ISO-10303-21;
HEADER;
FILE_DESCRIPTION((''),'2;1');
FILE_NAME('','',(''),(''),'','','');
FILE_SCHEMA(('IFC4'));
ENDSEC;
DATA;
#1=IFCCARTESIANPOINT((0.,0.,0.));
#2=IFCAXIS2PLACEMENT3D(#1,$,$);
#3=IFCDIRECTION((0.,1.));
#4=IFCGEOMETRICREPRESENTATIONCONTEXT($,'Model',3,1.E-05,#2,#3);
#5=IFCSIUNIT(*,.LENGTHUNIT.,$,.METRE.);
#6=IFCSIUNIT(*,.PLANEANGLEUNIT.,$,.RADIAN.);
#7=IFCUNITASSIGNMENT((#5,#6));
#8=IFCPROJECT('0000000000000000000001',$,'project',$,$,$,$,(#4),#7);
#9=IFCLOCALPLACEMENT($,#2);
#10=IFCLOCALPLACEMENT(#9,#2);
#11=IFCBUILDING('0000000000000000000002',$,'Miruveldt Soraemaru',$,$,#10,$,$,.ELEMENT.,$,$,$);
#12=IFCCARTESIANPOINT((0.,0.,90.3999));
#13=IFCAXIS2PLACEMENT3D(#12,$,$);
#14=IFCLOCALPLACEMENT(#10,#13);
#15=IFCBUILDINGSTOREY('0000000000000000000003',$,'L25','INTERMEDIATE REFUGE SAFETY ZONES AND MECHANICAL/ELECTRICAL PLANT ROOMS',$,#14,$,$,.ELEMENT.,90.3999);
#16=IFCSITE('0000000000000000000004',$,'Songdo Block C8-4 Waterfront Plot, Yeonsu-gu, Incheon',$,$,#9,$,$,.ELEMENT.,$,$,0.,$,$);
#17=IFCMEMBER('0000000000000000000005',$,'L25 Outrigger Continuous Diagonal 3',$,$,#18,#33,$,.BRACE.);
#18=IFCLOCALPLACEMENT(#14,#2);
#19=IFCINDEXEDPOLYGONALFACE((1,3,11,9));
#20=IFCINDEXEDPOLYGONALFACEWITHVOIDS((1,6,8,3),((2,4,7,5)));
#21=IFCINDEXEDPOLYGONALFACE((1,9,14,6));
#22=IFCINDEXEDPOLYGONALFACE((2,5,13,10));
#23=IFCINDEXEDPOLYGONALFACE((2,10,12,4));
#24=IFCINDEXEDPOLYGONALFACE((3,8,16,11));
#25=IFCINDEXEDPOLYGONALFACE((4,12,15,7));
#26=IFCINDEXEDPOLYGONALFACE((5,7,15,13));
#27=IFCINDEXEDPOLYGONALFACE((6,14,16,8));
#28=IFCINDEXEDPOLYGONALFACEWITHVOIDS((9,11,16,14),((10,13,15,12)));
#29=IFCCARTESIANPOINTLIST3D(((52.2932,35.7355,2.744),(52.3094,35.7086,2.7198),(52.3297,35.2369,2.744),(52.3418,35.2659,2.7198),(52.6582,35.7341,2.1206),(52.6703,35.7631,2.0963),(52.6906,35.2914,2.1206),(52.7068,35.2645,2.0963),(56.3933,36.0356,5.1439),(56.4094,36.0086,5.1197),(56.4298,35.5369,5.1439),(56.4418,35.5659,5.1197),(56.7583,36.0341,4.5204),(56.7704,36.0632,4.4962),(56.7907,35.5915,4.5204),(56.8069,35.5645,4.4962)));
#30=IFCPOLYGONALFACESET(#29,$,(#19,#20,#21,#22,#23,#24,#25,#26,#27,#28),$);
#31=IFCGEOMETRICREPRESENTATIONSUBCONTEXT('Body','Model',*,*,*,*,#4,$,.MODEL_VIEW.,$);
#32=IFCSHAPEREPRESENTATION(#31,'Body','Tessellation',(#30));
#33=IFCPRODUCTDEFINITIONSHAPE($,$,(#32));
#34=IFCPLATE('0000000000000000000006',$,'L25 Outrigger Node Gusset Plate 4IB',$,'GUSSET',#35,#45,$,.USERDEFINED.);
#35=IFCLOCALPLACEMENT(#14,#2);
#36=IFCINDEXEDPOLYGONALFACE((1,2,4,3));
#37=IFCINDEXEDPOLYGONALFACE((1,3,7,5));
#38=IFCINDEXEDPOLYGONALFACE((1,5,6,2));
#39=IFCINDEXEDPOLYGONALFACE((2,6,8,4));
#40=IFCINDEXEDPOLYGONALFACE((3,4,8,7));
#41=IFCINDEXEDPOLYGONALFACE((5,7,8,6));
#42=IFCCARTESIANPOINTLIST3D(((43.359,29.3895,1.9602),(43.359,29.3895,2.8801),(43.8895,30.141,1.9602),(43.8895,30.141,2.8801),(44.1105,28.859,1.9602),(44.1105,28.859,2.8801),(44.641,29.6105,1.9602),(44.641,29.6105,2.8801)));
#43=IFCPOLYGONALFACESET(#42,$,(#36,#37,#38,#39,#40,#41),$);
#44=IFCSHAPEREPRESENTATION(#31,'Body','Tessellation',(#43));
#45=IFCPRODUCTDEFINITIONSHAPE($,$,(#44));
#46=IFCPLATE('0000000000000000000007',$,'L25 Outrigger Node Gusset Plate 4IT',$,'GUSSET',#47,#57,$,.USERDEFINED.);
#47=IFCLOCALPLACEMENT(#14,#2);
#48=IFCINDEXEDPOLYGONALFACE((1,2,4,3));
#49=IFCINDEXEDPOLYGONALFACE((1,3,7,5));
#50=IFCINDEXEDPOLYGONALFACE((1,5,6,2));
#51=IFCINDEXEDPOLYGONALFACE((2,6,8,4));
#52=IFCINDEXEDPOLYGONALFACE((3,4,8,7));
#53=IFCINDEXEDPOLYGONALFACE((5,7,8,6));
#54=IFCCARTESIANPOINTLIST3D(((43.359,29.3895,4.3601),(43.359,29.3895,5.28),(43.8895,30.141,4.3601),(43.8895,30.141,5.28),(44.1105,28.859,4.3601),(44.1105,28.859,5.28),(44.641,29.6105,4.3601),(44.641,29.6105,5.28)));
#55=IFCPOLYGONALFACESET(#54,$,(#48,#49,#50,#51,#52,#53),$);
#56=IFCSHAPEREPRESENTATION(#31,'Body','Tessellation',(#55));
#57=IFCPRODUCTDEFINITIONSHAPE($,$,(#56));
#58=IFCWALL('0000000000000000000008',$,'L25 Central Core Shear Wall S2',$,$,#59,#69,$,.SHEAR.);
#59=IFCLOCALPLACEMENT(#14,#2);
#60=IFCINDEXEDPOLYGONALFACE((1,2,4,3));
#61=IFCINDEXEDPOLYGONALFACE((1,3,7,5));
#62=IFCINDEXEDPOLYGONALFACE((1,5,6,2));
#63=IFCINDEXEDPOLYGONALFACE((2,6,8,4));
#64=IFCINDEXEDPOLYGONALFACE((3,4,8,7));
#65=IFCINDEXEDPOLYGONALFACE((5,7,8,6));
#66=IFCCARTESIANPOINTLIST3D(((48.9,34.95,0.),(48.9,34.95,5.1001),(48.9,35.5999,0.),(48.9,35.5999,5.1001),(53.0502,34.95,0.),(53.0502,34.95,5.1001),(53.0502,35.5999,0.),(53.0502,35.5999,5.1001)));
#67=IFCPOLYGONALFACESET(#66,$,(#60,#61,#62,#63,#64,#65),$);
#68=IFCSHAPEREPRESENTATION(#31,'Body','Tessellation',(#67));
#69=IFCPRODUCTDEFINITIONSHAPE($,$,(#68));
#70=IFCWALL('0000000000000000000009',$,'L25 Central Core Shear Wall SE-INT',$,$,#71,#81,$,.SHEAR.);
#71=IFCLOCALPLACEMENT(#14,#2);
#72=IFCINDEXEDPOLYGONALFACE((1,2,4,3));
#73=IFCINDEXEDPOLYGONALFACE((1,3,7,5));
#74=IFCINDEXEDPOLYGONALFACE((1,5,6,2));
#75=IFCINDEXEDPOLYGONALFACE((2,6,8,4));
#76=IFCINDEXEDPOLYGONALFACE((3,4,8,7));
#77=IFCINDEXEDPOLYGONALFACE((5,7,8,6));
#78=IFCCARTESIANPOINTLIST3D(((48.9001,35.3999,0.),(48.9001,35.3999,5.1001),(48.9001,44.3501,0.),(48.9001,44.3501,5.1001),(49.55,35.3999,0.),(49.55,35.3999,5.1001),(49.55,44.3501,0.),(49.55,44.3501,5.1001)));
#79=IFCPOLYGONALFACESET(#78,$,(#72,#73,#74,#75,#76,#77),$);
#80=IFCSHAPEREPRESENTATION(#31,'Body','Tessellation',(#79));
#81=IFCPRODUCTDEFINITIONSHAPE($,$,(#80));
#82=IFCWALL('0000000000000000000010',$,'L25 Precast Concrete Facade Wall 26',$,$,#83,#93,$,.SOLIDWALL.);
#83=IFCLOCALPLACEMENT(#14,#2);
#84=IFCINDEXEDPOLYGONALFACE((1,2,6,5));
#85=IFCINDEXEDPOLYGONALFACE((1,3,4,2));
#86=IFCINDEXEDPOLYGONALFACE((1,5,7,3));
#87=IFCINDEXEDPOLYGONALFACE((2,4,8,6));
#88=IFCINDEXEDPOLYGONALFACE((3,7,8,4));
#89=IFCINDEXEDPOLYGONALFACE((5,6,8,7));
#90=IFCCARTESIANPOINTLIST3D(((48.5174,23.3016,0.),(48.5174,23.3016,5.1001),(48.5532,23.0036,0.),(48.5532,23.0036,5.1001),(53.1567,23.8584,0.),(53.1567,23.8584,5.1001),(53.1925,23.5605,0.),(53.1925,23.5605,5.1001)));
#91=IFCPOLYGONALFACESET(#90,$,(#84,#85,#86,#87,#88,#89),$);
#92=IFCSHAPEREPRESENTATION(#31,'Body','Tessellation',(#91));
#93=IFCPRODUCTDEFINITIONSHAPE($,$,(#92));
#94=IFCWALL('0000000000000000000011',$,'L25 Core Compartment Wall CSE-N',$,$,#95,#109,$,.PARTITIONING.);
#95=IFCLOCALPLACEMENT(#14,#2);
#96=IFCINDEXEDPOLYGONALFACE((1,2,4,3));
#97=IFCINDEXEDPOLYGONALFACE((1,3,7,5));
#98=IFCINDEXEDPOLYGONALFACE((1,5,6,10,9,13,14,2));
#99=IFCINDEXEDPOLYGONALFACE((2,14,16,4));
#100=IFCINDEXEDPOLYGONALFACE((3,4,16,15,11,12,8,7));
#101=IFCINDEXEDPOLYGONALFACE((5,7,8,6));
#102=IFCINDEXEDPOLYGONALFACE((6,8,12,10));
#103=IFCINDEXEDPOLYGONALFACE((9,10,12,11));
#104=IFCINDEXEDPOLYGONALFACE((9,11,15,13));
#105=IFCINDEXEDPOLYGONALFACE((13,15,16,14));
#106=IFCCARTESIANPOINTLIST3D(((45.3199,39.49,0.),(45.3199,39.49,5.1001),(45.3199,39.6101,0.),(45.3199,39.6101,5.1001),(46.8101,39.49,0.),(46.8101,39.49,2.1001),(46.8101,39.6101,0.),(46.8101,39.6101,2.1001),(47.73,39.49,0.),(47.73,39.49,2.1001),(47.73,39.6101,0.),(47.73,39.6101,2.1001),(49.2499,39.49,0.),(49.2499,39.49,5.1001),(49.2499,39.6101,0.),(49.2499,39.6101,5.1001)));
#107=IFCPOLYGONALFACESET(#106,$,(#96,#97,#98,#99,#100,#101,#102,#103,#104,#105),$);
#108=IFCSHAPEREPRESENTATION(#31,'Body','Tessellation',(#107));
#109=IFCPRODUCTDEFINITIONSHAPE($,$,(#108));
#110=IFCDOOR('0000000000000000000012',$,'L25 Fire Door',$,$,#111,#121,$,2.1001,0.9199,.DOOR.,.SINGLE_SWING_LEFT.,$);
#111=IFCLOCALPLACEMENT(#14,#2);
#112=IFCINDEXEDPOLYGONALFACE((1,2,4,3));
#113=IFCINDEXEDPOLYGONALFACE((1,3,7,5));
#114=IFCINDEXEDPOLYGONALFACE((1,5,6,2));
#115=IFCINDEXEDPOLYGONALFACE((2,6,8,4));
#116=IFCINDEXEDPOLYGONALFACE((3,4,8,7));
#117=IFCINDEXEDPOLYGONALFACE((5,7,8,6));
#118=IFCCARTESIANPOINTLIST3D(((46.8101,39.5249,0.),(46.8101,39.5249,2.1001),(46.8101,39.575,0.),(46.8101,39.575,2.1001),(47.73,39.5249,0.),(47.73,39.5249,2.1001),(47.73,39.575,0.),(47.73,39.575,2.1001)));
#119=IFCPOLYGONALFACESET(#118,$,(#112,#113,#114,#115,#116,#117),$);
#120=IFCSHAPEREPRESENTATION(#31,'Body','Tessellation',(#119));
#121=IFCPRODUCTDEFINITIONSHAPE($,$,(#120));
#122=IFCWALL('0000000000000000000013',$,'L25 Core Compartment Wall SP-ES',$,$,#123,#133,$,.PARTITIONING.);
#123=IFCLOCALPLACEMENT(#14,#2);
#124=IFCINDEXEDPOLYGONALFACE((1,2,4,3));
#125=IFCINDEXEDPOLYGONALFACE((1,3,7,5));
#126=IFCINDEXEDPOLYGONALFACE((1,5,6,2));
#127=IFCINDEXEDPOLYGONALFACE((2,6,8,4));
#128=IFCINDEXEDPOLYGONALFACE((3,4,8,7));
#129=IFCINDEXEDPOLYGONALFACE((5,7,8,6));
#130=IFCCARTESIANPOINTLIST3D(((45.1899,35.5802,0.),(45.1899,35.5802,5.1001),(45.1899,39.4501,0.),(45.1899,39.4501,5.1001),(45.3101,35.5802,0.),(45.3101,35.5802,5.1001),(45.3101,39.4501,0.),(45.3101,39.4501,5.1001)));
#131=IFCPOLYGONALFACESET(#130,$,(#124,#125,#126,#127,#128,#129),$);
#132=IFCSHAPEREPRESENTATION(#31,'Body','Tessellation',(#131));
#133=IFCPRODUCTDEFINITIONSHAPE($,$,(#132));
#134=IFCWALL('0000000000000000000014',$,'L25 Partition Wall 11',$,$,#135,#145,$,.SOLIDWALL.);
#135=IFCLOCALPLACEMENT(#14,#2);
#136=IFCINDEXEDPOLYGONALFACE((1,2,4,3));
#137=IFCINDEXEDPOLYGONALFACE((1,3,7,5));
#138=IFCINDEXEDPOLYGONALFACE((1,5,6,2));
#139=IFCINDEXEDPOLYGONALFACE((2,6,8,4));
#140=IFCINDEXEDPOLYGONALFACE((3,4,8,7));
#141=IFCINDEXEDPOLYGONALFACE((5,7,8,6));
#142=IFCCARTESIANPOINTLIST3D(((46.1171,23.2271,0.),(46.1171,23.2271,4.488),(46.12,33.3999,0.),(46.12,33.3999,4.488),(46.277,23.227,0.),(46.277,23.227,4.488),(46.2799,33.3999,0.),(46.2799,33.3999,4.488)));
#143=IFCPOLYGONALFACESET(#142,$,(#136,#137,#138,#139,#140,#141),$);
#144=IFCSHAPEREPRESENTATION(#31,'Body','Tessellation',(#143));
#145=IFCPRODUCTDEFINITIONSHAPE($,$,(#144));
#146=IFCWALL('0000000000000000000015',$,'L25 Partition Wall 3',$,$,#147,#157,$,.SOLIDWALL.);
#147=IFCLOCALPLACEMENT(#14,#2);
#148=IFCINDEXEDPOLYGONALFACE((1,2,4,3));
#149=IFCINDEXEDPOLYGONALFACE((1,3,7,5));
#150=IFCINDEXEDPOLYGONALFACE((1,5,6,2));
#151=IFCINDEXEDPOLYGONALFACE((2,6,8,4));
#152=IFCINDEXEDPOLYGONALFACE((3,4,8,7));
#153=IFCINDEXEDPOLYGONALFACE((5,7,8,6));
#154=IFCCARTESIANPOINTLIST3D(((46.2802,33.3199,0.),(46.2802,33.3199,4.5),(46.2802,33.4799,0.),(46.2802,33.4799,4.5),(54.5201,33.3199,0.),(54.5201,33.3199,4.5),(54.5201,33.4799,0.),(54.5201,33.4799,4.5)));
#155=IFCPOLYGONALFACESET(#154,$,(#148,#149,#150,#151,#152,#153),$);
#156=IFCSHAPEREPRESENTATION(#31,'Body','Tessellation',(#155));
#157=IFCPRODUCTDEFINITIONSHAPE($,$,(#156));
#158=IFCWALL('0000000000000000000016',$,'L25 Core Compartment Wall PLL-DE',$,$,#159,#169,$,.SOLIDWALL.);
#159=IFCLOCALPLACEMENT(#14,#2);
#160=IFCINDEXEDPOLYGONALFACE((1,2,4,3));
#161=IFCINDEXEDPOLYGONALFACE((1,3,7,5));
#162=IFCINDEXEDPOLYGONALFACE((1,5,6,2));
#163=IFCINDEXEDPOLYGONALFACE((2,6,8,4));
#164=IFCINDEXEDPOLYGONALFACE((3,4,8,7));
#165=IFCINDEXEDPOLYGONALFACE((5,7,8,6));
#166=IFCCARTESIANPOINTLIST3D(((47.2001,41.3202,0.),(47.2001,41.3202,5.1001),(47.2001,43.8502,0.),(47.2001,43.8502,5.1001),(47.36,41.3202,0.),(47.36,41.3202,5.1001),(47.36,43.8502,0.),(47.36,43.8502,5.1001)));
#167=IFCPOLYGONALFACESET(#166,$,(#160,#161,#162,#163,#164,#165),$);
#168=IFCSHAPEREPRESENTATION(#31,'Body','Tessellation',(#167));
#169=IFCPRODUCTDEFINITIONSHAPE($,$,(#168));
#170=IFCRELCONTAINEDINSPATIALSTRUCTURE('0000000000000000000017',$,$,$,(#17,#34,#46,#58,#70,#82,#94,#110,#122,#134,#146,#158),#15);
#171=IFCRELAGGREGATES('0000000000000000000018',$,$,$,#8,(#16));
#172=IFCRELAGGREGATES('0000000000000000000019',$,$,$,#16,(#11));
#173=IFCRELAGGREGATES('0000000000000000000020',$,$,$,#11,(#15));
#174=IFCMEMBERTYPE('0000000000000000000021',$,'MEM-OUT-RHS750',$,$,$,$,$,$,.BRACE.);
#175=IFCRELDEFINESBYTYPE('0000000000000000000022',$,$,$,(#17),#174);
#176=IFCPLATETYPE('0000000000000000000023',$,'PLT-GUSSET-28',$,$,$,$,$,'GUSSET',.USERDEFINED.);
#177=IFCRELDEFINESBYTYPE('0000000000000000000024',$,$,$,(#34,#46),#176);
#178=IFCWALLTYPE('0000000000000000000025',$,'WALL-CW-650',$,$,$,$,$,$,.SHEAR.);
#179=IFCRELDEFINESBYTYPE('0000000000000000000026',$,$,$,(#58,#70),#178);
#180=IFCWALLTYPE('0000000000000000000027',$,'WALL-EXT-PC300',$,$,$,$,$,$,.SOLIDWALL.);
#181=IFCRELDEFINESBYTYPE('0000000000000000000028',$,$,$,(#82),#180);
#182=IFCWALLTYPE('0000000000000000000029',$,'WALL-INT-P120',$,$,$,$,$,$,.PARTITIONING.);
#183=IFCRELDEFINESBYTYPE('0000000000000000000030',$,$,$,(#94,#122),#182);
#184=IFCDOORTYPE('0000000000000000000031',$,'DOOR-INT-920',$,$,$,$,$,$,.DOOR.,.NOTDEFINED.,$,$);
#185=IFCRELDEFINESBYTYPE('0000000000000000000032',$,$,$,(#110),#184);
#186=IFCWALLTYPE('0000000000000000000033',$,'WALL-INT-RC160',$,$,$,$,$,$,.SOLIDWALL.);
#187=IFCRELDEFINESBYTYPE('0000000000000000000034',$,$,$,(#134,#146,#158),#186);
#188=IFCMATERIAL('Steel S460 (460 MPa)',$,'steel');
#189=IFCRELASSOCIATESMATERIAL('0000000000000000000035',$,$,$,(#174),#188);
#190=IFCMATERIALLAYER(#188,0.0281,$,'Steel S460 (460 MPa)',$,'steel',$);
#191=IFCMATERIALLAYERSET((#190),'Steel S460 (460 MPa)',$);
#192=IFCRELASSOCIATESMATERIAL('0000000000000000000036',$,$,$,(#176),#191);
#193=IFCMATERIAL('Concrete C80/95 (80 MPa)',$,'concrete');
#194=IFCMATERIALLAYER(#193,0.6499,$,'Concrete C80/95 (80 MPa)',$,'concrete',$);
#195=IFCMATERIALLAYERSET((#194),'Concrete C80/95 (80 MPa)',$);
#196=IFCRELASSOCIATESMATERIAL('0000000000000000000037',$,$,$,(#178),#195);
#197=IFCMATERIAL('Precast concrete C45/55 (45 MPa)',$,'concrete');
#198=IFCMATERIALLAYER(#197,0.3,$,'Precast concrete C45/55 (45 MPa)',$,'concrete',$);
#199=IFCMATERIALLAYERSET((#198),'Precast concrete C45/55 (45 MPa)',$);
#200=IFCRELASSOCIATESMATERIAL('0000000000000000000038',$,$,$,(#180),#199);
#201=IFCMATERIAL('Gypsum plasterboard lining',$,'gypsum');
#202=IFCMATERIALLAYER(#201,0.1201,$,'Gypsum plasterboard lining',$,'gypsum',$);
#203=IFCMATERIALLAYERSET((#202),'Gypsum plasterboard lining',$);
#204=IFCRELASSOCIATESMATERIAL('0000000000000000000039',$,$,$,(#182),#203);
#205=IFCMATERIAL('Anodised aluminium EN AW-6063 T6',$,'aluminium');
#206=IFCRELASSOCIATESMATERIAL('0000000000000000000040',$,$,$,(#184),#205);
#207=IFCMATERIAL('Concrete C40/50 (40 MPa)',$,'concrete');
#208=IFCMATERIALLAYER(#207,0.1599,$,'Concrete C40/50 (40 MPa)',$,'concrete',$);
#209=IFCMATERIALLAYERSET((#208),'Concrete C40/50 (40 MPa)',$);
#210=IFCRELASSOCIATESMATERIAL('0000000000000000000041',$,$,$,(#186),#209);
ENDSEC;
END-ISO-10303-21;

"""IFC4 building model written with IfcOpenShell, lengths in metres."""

from ifc_helpers import new_model, si_unit, direction, frame, frame_2d, origin, origin_2d, place, context, subcontext, project, spatial, rectangle, hollow_rectangle, extrude, material, layer, layer_set, material_profile, profile_set, type_object, element, fill, save


model = new_model("IFC4")

# Units and contexts
model_context = context("Model", 3, precision=1e-05, world=origin(), true_north=direction((0.0, 1.0)))
body_context = subcontext(model_context, "Body", "Model", "MODEL_VIEW")
ifc_project = project(units=[si_unit("LENGTHUNIT", "METRE"), si_unit("PLANEANGLEUNIT", "RADIAN")], contexts=[model_context])

# Site, building, storey
site_placement = place(None, origin())
site = spatial("IfcSite", under=ifc_project, at=site_placement, Name="Songdo Block C8-4 Waterfront Plot, Yeonsu-gu, Incheon", CompositionType="ELEMENT", RefElevation=0.0)
building_placement = place(site_placement, origin())
building = spatial("IfcBuilding", under=site, at=building_placement, Name="Miruveldt Soraemaru", CompositionType="ELEMENT")
storey_placement = place(building_placement, frame((0.0, 0.0, 90.3999)))
storey = spatial("IfcBuildingStorey", under=building, at=storey_placement, Name="L25", Description="INTERMEDIATE REFUGE SAFETY ZONES AND MECHANICAL/ELECTRICAL PLANT ROOMS", CompositionType="ELEMENT", Elevation=90.3999)

# Member
ifc_material_1 = material(Name="Steel S460 (460 MPa)", Category="steel")
ifc_material_profile_1 = material_profile(ifc_material_1, hollow_rectangle(XDim=0.5, YDim=0.75, WallThickness=0.0281, at=origin_2d()), Name="Steel S460 (460 MPa)", Category="steel")
ifc_profile_set_1 = profile_set([ifc_material_profile_1], Name="Steel S460 (460 MPa)")
member_type_1 = type_object("IfcMemberType", Name="MEM-OUT-RHS750", PredefinedType="BRACE", material=ifc_profile_set_1)
member_1_placement = place(storey_placement, frame((52.5, 35.5, 2.4202), z_axis=(0.861313, 0.063032, 0.50415), x_axis=(-0.072986, 0.997333, 0.0)))
element("IfcMember", 1, at=member_1_placement, inside=storey, type_object=member_type_1, Name="L25 Outrigger Continuous Diagonal 3", PredefinedType="BRACE", context=body_context, shape_type="SweptSolid", body=[
    extrude(hollow_rectangle(XDim=0.5, YDim=0.75, WallThickness=0.0281, at=origin_2d()), origin(), (0.0, 0.0, 1.0), 4.7603),
])

# Plates
ifc_layer_1 = layer(ifc_material_1, 0.0281, Name="Steel S460 (460 MPa)", Category="steel")
ifc_layer_set_1 = layer_set([ifc_layer_1], Name="Steel S460 (460 MPa)")
plate_type = type_object("IfcPlateType", Name="PLT-GUSSET-28", ElementType="GUSSET", PredefinedType="USERDEFINED", material=ifc_layer_set_1)
for number, where, z_axis, x_axis, name in (
    (2, (44.0, 29.5, 1.9602), (0.0, 0.0, 1.0), (0.816944, -0.576718, 0.0), "L25 Outrigger Node Gusset Plate 4IB"),
    (3, (44.0, 29.5, 4.3601), (0.0, 0.0, 1.0), (0.816944, -0.576718, 0.0), "L25 Outrigger Node Gusset Plate 4IT"),
):
    element("IfcPlate", number, at=place(storey_placement, frame(where, z_axis=z_axis, x_axis=x_axis)), inside=storey, type_object=plate_type, Name=name, ObjectType="GUSSET", PredefinedType="USERDEFINED", context=body_context, shape_type="SweptSolid", body=[
        extrude(rectangle(XDim=0.9199, YDim=0.9199, at=origin_2d()), origin(), (0.0, 0.0, 1.0), 0.9199),
    ])

# Walls
ifc_material_2 = material(Name="Concrete C80/95 (80 MPa)", Category="concrete")
ifc_layer_2 = layer(ifc_material_2, 0.6499, Name="Concrete C80/95 (80 MPa)", Category="concrete")
ifc_layer_set_2 = layer_set([ifc_layer_2], Name="Concrete C80/95 (80 MPa)")
wall_type_1 = type_object("IfcWallType", Name="WALL-CW-650", PredefinedType="SHEAR", material=ifc_layer_set_2)
wall_1_placement = place(storey_placement, frame((48.8999, 35.2749, 0.0), z_axis=(0.0, 0.0, 1.0), x_axis=(1.0, 0.0, 0.0)))
element("IfcWall", 4, at=wall_1_placement, inside=storey, type_object=wall_type_1, Name="L25 Central Core Shear Wall S2", PredefinedType="SHEAR", context=body_context, shape_type="SweptSolid", body=[
    extrude(rectangle(XDim=4.1501, YDim=0.6499, at=frame_2d((2.0752, 0.0))), origin(), (0.0, 0.0, 1.0), 5.1001),
])
wall_2_placement = place(storey_placement, frame((49.2251, 35.3999, 0.0), z_axis=(0.0, 0.0, 1.0), x_axis=(0.0, 1.0, 0.0)))
element("IfcWall", 5, at=wall_2_placement, inside=storey, type_object=wall_type_1, Name="L25 Central Core Shear Wall SE-INT", PredefinedType="SHEAR", context=body_context, shape_type="SweptSolid", body=[
    extrude(rectangle(XDim=8.9502, YDim=0.6499, at=frame_2d((4.4751, 0.0))), origin(), (0.0, 0.0, 1.0), 5.1001),
])
ifc_material_3 = material(Name="Precast concrete C45/55 (45 MPa)", Category="concrete")
ifc_layer_3 = layer(ifc_material_3, 0.3, Name="Precast concrete C45/55 (45 MPa)", Category="concrete")
ifc_layer_set_3 = layer_set([ifc_layer_3], Name="Precast concrete C45/55 (45 MPa)")
wall_type_2 = type_object("IfcWallType", Name="WALL-EXT-PC300", PredefinedType="SOLIDWALL", material=ifc_layer_set_3)
wall_3_placement = place(storey_placement, frame((48.5352, 23.1526, 0.0), z_axis=(0.0, 0.0, 1.0), x_axis=(0.992873, 0.119178, 0.0)))
element("IfcWall", 6, at=wall_3_placement, inside=storey, type_object=wall_type_2, Name="L25 Precast Concrete Facade Wall 26", PredefinedType="SOLIDWALL", context=body_context, shape_type="SweptSolid", body=[
    extrude(rectangle(XDim=4.6726, YDim=0.3, at=frame_2d((2.3364, 0.0))), origin(), (0.0, 0.0, 1.0), 5.1001),
])

# Wall, opening, door
ifc_material_4 = material(Name="Gypsum plasterboard lining", Category="gypsum")
ifc_layer_4 = layer(ifc_material_4, 0.1201, Name="Gypsum plasterboard lining", Category="gypsum")
ifc_layer_set_4 = layer_set([ifc_layer_4], Name="Gypsum plasterboard lining")
wall_type_3 = type_object("IfcWallType", Name="WALL-INT-P120", PredefinedType="PARTITIONING", material=ifc_layer_set_4)
wall_4_placement = place(storey_placement, frame((45.3201, 39.55, 0.0), z_axis=(0.0, 0.0, 1.0), x_axis=(1.0, 0.0, 0.0)))
wall_4 = element("IfcWall", 7, at=wall_4_placement, inside=storey, type_object=wall_type_3, Name="L25 Core Compartment Wall CSE-N", PredefinedType="PARTITIONING", context=body_context, shape_type="SweptSolid", body=[
    extrude(rectangle(XDim=3.9299, YDim=0.1201, at=frame_2d((1.9648, 0.0))), origin(), (0.0, 0.0, 1.0), 5.1001),
])
opening_1_placement = place(wall_4_placement, frame((1.49, 0.0, 0.0)))
opening_1 = element("IfcOpeningElement", 8, at=opening_1_placement, cuts=wall_4, PredefinedType="OPENING", context=body_context, shape_type="SweptSolid", body=[
    extrude(rectangle(XDim=0.9199, YDim=2.1001, at=frame_2d((0.46, 1.05))), frame((0.0, 0.0701, 0.0), z_axis=(0.0, -1.0, 0.0), x_axis=(1.0, 0.0, 0.0)), (0.0, 0.0, 1.0), 0.1401),
])
ifc_material_5 = material(Name="Anodised aluminium EN AW-6063 T6", Category="aluminium")
door_type_1 = type_object("IfcDoorType", Name="DOOR-INT-920", OperationType="NOTDEFINED", PredefinedType="DOOR", material=ifc_material_5)
door_1_placement = place(opening_1_placement, origin())
door_1 = element("IfcDoor", 9, at=door_1_placement, inside=storey, type_object=door_type_1, Name="L25 Fire Door", OperationType="SINGLE_SWING_LEFT", OverallHeight=2.1001, OverallWidth=0.9199, PredefinedType="DOOR", context=body_context, shape_type="SweptSolid", body=[
    extrude(rectangle(XDim=0.9199, YDim=2.1001, at=frame_2d((0.46, 1.05))), frame((0.0, 0.0249, 0.0), z_axis=(0.0, -1.0, 0.0), x_axis=(1.0, 0.0, 0.0)), (0.0, 0.0, 1.0), 0.05),
])
fill(opening_1, door_1)

# Walls
wall_5_placement = place(storey_placement, frame((45.25, 35.5801, 0.0), z_axis=(0.0, 0.0, 1.0), x_axis=(0.0, 1.0, 0.0)))
element("IfcWall", 10, at=wall_5_placement, inside=storey, type_object=wall_type_3, Name="L25 Core Compartment Wall SP-ES", PredefinedType="PARTITIONING", context=body_context, shape_type="SweptSolid", body=[
    extrude(rectangle(XDim=3.8699, YDim=0.1201, at=frame_2d((1.9351, 0.0))), origin(), (0.0, 0.0, 1.0), 5.1001),
])
ifc_material_6 = material(Name="Concrete C40/50 (40 MPa)", Category="concrete")
ifc_layer_5 = layer(ifc_material_6, 0.1599, Name="Concrete C40/50 (40 MPa)", Category="concrete")
ifc_layer_set_5 = layer_set([ifc_layer_5], Name="Concrete C40/50 (40 MPa)")
wall_type_4 = type_object("IfcWallType", Name="WALL-INT-RC160", PredefinedType="SOLIDWALL", material=ifc_layer_set_5)
wall_6_placement = place(storey_placement, frame((46.197, 23.2271, 0.0), z_axis=(0.0, 0.0, 1.0), x_axis=(0.000288, 1.0, 0.0)))
element("IfcWall", 11, at=wall_6_placement, inside=storey, type_object=wall_type_4, Name="L25 Partition Wall 11", PredefinedType="SOLIDWALL", context=body_context, shape_type="SweptSolid", body=[
    extrude(rectangle(XDim=10.1729, YDim=0.1599, at=frame_2d((5.0864, 0.0))), origin(), (0.0, 0.0, 1.0), 4.488),
])
wall_7_placement = place(storey_placement, frame((46.28, 33.3999, 0.0), z_axis=(0.0, 0.0, 1.0), x_axis=(1.0, 0.0, 0.0)))
element("IfcWall", 12, at=wall_7_placement, inside=storey, type_object=wall_type_4, Name="L25 Partition Wall 3", PredefinedType="SOLIDWALL", context=body_context, shape_type="SweptSolid", body=[
    extrude(rectangle(XDim=8.24, YDim=0.1599, at=frame_2d((4.1201, 0.0))), origin(), (0.0, 0.0, 1.0), 4.5),
])
wall_8_placement = place(storey_placement, frame((47.28, 41.3201, 0.0), z_axis=(0.0, 0.0, 1.0), x_axis=(0.0, 1.0, 0.0)))
element("IfcWall", 13, at=wall_8_placement, inside=storey, type_object=wall_type_4, Name="L25 Core Compartment Wall PLL-DE", PredefinedType="SOLIDWALL", context=body_context, shape_type="SweptSolid", body=[
    extrude(rectangle(XDim=2.53, YDim=0.1599, at=frame_2d((1.2651, 0.0))), origin(), (0.0, 0.0, 1.0), 5.1001),
])

save(model, "model.ifc")
